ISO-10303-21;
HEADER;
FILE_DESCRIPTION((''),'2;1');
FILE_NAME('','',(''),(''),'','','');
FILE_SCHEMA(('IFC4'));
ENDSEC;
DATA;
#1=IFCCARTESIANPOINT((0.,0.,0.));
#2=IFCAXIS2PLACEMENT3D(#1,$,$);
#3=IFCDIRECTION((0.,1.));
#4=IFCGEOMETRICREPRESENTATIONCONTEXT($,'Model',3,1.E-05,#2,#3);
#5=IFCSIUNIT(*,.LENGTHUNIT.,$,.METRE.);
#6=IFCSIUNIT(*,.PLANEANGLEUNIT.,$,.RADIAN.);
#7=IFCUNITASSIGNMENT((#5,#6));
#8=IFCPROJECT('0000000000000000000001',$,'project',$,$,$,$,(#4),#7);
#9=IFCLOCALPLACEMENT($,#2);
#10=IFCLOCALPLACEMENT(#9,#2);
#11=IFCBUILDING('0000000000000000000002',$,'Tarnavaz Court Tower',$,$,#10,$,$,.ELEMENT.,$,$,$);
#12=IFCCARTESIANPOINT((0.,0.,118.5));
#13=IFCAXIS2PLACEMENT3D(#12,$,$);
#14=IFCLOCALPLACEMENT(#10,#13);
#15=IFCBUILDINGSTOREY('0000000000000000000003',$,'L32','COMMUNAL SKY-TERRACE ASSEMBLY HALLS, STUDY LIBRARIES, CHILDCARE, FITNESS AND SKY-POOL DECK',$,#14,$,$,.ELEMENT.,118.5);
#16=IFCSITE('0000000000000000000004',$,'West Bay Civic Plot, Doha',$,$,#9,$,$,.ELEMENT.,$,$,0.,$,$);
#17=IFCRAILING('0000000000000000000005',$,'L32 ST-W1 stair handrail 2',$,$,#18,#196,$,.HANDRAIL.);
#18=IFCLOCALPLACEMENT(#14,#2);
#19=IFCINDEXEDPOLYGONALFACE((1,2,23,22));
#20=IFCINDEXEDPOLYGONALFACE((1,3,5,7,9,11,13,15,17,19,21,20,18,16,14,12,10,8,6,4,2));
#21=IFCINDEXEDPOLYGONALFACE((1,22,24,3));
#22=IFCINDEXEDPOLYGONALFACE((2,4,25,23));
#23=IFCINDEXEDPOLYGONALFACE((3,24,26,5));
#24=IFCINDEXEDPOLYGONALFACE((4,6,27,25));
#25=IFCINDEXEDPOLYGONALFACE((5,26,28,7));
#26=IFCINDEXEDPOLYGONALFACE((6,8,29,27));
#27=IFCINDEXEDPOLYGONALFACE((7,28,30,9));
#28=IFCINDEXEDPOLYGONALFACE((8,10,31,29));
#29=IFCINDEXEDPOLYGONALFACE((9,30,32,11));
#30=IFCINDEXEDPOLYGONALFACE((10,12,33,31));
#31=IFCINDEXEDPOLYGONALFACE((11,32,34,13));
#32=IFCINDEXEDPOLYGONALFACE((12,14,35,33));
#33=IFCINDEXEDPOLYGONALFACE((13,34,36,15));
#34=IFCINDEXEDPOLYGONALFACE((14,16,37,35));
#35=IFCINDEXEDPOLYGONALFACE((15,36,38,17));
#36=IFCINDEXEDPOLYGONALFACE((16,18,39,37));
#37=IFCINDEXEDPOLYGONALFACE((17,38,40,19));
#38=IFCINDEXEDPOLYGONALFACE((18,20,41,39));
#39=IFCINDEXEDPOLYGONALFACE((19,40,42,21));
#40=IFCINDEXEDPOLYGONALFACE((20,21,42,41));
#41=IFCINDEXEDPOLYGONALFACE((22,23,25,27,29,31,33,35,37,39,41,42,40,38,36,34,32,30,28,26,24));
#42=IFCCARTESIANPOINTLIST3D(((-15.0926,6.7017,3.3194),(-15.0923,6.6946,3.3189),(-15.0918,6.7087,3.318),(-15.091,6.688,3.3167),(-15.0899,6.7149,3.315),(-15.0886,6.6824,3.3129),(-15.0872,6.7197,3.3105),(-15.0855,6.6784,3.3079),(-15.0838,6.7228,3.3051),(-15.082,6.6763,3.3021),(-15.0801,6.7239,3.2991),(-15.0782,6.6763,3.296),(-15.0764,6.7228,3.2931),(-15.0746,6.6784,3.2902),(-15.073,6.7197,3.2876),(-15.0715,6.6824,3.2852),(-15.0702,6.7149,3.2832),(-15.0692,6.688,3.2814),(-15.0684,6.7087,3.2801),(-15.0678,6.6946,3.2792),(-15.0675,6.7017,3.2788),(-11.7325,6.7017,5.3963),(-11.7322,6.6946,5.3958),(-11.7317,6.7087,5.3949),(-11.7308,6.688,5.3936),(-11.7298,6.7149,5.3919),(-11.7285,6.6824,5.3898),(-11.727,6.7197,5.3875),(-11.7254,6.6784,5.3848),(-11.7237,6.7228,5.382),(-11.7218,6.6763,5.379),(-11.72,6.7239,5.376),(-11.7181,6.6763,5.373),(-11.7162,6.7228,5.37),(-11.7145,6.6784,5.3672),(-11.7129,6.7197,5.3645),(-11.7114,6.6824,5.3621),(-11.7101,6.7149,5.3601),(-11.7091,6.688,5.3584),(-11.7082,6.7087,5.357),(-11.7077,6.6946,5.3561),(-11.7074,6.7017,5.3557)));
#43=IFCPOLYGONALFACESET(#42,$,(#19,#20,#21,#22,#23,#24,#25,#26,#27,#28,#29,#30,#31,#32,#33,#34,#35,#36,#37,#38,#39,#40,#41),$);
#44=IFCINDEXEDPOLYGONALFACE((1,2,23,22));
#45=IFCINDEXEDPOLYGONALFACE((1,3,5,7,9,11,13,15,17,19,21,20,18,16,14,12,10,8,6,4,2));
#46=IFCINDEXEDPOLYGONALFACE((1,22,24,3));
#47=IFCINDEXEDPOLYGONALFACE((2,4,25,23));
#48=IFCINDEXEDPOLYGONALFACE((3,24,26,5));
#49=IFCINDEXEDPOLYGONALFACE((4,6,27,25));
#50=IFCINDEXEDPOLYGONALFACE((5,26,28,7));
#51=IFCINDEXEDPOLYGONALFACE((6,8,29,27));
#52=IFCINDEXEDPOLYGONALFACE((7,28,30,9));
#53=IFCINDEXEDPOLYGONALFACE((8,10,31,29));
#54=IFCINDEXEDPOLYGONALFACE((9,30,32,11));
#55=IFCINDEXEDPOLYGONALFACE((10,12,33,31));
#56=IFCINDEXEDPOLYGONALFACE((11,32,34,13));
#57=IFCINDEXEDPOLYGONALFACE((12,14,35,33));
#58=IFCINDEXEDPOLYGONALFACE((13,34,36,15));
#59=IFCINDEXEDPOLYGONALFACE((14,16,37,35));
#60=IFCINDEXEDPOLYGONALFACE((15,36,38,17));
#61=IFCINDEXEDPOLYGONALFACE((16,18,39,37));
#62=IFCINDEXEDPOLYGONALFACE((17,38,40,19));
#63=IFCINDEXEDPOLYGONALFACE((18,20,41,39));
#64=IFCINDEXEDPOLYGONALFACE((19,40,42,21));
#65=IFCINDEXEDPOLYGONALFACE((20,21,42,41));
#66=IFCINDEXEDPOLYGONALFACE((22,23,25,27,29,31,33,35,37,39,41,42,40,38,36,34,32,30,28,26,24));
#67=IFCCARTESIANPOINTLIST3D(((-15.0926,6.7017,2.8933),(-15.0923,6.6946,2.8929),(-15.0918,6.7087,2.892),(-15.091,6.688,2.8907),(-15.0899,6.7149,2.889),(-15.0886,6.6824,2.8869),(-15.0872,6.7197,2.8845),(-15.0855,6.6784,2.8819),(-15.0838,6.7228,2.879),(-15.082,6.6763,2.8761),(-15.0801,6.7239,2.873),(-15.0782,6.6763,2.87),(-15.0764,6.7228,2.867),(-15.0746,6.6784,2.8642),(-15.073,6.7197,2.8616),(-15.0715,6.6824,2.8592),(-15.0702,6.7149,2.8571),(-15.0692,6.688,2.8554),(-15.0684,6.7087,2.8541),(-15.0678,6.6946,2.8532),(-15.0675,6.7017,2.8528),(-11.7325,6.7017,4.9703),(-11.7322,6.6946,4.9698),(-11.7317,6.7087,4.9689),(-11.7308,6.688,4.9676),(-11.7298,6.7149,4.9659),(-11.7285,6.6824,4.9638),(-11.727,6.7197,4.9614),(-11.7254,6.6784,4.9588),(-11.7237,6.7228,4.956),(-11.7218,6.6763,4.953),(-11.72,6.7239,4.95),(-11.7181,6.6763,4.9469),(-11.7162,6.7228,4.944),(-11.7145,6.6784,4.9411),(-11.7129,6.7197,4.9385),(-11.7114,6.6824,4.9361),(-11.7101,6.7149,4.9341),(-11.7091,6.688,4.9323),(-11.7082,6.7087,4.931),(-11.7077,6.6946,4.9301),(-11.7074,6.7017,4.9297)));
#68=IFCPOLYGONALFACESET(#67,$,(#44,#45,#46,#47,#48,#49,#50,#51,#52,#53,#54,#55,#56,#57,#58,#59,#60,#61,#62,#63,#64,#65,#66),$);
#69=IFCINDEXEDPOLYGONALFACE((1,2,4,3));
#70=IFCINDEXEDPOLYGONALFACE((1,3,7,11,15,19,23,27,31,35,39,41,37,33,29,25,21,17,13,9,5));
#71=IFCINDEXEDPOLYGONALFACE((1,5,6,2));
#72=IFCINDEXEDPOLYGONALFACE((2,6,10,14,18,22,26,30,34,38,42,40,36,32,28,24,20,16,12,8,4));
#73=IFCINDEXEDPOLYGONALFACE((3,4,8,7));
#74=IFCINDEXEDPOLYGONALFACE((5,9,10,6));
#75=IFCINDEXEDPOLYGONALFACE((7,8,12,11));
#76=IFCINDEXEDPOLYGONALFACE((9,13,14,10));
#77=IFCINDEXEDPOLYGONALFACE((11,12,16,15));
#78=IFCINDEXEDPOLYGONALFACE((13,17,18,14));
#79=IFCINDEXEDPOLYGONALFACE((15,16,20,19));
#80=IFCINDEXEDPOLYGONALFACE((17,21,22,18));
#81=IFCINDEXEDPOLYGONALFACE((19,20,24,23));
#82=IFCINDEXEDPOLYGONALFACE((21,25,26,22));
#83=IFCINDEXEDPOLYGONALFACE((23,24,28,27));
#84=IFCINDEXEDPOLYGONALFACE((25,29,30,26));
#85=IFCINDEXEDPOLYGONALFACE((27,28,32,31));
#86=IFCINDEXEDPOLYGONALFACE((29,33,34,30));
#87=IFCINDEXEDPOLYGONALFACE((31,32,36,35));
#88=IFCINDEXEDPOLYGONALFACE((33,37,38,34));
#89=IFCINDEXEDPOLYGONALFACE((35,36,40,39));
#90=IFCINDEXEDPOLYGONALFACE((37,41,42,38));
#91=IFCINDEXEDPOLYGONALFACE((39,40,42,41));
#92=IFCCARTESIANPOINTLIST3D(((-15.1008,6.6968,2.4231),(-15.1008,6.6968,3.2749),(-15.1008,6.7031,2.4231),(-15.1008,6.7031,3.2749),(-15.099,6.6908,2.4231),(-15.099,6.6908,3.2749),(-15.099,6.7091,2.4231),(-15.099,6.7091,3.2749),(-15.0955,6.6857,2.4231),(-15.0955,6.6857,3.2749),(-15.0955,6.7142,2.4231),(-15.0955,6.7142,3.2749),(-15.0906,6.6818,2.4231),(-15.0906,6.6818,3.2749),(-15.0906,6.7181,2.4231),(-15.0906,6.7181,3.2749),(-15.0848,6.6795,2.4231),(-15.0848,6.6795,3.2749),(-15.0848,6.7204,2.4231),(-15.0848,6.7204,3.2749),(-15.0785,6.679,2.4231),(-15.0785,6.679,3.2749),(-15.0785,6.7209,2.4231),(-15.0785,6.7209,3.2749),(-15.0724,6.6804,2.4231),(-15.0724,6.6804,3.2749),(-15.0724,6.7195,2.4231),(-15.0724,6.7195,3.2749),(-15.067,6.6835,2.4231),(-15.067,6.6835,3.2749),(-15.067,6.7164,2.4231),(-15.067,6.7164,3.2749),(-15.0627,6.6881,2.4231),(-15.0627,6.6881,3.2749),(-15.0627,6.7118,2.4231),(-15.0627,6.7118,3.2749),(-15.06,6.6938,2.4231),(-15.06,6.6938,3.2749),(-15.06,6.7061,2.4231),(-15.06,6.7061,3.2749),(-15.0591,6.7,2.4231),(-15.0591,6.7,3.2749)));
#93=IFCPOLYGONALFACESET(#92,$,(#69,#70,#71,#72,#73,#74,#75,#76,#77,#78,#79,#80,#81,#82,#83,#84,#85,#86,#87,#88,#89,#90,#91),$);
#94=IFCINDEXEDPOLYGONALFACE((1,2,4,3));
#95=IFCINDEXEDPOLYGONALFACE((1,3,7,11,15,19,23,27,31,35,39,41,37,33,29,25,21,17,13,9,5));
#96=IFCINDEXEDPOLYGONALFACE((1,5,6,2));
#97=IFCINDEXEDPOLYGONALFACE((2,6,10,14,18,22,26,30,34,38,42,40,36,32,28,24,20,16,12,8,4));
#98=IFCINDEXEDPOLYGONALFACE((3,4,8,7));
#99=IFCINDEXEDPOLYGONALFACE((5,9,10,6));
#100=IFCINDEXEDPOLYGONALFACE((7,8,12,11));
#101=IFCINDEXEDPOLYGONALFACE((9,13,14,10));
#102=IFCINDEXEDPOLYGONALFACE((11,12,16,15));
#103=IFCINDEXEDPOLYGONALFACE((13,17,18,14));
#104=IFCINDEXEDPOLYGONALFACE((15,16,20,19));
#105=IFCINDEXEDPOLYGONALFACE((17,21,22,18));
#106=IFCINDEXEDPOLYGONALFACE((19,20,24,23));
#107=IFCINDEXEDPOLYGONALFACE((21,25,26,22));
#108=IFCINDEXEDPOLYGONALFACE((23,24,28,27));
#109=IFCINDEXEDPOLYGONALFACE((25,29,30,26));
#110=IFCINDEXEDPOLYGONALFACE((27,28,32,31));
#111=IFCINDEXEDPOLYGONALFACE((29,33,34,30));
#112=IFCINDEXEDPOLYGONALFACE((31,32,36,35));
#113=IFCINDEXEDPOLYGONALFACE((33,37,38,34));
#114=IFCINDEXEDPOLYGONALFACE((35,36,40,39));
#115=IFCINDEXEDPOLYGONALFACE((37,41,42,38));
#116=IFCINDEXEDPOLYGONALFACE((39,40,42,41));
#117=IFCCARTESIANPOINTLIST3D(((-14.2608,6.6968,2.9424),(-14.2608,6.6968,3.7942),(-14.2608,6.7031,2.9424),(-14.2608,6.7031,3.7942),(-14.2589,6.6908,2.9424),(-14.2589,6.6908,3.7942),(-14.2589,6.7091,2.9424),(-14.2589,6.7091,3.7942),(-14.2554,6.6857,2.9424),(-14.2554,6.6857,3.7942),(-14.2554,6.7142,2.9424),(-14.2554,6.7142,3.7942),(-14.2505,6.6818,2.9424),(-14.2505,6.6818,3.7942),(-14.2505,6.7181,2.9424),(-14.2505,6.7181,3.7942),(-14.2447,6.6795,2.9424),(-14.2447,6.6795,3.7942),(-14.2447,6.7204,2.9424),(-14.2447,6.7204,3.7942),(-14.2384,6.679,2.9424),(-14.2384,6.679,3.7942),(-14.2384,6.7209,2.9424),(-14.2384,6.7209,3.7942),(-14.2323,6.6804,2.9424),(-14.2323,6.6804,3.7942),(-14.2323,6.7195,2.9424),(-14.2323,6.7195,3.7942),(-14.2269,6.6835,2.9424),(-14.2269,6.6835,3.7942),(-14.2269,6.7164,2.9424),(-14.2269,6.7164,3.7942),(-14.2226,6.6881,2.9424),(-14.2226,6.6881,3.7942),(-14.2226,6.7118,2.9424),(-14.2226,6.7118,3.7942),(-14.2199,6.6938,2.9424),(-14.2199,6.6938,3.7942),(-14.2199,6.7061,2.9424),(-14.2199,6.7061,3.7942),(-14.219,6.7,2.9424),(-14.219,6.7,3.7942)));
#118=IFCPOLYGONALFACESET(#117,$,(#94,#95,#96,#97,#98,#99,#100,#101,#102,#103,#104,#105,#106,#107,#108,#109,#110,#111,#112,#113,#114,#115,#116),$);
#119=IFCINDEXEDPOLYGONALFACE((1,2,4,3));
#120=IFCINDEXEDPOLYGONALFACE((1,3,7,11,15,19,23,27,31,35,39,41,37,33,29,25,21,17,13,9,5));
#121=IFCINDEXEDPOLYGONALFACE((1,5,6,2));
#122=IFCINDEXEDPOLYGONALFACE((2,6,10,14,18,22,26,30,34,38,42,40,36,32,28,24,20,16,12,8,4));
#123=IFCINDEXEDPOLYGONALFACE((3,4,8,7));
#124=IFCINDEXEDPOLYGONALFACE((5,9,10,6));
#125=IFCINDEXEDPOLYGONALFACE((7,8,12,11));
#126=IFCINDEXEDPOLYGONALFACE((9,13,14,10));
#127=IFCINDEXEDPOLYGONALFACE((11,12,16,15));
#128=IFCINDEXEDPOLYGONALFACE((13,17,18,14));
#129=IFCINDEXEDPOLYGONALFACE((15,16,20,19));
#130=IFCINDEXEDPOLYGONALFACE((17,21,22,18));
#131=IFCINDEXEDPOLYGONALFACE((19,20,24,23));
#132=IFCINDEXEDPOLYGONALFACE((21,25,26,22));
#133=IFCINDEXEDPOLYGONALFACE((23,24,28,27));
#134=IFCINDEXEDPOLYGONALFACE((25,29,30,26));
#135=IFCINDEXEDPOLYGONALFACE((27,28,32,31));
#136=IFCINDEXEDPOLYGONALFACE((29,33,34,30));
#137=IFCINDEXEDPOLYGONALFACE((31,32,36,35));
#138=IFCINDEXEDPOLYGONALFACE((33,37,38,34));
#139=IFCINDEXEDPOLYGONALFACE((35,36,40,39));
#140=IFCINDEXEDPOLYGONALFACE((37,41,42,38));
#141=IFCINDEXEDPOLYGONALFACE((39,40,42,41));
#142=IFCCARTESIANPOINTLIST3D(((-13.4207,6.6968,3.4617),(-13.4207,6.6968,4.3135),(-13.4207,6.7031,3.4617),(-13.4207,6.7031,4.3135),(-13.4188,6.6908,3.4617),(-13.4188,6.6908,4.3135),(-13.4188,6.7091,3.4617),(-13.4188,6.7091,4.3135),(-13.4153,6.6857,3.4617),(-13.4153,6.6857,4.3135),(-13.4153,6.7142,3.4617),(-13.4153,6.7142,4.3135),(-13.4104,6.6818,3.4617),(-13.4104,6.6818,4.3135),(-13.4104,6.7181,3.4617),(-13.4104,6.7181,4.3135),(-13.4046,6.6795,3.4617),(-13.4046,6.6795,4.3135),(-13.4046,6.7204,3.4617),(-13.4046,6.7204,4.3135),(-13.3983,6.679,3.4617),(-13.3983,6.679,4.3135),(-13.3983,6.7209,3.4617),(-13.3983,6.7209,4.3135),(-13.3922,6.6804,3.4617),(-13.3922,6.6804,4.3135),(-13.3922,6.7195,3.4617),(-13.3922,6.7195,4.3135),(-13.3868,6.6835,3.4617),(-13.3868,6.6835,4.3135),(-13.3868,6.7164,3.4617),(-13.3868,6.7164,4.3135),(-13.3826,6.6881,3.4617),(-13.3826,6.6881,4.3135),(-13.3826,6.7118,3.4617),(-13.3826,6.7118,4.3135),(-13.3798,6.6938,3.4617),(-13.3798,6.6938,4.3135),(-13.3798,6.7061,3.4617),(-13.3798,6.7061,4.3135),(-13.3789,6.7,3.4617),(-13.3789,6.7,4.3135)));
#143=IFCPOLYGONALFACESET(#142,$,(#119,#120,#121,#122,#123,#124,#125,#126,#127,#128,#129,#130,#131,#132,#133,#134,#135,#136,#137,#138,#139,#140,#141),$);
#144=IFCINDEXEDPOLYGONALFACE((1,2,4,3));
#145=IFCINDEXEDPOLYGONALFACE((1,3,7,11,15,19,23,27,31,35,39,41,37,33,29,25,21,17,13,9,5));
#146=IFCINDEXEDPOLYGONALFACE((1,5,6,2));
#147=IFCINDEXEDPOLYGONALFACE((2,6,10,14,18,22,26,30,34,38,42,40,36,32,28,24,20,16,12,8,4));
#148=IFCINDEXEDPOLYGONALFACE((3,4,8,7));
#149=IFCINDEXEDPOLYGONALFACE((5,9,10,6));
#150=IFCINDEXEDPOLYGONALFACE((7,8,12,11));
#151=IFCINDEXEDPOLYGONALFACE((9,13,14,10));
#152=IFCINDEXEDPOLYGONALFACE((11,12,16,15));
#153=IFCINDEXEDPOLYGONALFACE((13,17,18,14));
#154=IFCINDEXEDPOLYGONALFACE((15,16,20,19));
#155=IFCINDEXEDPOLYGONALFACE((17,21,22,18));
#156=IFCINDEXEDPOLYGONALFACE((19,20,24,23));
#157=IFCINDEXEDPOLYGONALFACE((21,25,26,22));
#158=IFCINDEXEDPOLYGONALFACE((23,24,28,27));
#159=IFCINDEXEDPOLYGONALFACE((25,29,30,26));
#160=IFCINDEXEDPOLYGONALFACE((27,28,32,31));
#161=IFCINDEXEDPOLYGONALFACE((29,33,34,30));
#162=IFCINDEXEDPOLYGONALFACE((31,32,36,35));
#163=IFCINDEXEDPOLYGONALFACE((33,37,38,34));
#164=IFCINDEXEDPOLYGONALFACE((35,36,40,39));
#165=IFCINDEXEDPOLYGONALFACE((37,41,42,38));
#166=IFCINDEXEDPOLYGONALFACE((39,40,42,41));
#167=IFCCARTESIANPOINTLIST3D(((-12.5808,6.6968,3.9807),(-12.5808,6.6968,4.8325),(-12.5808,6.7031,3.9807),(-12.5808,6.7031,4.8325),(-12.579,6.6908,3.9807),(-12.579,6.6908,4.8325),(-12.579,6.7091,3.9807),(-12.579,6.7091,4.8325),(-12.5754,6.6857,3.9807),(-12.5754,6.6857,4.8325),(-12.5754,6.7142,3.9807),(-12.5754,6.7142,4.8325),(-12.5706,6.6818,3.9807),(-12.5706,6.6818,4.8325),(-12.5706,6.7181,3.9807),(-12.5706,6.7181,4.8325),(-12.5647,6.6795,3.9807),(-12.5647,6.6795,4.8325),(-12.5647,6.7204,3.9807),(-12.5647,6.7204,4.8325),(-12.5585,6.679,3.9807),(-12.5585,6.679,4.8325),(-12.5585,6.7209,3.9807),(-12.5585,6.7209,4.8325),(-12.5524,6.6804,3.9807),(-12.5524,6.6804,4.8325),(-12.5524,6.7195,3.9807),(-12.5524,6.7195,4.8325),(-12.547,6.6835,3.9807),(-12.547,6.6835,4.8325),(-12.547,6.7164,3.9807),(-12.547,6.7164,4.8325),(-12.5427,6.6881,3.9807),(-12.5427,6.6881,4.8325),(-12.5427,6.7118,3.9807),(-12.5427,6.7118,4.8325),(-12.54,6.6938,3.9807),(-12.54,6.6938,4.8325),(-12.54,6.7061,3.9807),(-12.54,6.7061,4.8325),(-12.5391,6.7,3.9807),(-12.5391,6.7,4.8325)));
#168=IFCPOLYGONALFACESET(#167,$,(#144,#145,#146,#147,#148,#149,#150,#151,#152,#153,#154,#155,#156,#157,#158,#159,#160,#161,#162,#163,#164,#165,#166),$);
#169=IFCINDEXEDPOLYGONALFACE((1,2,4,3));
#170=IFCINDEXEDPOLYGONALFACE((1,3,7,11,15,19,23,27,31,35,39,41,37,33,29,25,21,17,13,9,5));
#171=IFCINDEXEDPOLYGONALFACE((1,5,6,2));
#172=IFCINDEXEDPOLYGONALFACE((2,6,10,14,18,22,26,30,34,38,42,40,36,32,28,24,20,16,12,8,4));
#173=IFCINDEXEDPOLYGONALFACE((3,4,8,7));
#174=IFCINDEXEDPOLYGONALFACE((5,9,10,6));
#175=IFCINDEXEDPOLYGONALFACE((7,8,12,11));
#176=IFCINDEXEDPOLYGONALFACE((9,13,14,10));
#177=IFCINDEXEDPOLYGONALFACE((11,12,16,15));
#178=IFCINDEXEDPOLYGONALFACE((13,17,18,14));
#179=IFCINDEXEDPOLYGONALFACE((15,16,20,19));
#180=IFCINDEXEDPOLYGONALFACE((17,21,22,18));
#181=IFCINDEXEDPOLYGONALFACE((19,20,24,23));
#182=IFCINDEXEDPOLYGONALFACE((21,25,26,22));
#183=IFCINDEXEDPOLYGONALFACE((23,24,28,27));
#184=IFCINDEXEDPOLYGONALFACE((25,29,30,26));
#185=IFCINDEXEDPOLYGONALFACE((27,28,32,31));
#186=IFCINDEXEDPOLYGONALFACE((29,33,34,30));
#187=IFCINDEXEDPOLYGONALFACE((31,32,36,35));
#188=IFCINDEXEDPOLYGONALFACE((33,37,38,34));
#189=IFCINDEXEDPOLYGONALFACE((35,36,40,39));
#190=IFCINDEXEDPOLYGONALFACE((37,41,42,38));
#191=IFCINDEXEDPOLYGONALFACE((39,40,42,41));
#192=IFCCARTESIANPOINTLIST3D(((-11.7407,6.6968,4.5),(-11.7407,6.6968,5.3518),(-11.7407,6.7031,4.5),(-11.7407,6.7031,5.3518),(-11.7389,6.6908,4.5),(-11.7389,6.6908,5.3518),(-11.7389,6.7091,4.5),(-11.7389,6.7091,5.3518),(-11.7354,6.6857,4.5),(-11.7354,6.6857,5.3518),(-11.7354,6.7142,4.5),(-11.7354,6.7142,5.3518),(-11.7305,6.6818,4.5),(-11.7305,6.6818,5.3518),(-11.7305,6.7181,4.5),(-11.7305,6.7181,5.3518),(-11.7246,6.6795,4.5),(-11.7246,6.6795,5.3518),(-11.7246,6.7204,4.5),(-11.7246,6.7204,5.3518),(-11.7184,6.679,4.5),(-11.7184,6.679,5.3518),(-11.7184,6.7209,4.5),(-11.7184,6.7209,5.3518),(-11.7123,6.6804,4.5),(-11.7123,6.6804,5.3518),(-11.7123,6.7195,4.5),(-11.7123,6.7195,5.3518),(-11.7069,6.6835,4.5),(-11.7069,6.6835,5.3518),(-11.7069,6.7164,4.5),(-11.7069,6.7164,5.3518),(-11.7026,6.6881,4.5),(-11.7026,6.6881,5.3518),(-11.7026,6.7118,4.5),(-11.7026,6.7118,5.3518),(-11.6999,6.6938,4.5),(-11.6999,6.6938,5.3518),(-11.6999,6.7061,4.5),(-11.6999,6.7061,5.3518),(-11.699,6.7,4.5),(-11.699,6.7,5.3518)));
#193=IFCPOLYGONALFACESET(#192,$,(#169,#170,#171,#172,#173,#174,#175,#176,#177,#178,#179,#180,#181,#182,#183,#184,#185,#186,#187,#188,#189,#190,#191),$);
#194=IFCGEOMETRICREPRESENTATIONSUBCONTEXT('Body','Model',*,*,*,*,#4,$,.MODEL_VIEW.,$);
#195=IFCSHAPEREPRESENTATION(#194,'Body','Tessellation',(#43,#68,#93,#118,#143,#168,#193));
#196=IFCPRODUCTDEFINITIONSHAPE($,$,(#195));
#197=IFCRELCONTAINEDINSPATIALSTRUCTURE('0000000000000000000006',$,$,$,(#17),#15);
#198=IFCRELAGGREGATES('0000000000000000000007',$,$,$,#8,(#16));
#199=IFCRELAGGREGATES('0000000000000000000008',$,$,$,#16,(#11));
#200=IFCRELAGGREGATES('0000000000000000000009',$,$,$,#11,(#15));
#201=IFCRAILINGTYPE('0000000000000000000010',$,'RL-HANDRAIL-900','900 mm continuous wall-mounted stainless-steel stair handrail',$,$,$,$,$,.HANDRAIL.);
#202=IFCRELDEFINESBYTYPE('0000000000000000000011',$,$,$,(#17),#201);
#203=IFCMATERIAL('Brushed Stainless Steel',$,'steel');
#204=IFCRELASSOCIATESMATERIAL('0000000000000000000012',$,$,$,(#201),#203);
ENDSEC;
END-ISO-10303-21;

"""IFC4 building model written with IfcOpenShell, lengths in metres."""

from ifc_helpers import new_model, si_unit, direction, frame, origin, origin_2d, place, context, subcontext, project, spatial, circle, extrude, material, type_object, element, save


model = new_model("IFC4")

# Units and contexts
model_context = context("Model", 3, precision=1e-05, world=origin(), true_north=direction((0.0, 1.0)))
body_context = subcontext(model_context, "Body", "Model", "MODEL_VIEW")
ifc_project = project(units=[si_unit("LENGTHUNIT", "METRE"), si_unit("PLANEANGLEUNIT", "RADIAN")], contexts=[model_context])

# Site, building, storey
site_placement = place(None, origin())
site = spatial("IfcSite", under=ifc_project, at=site_placement, Name="West Bay Civic Plot, Doha", CompositionType="ELEMENT", RefElevation=0.0)
building_placement = place(site_placement, origin())
building = spatial("IfcBuilding", under=site, at=building_placement, Name="Tarnavaz Court Tower", CompositionType="ELEMENT")
storey_placement = place(building_placement, frame((0.0, 0.0, 118.5)))
storey = spatial("IfcBuildingStorey", under=building, at=storey_placement, Name="L32", Description="COMMUNAL SKY-TERRACE ASSEMBLY HALLS, STUDY LIBRARIES, CHILDCARE, FITNESS AND SKY-POOL DECK", CompositionType="ELEMENT", Elevation=118.5)

# Railing
ifc_material_1 = material(Name="Brushed Stainless Steel", Category="steel")
railing_type_1 = type_object("IfcRailingType", Name="RL-HANDRAIL-900", Description="900 mm continuous wall-mounted stainless-steel stair handrail", PredefinedType="HANDRAIL", material=ifc_material_1)
railing_1_placement = place(storey_placement, frame((-15.0801, 6.7, 2.4231)))
element("IfcRailing", 1, at=railing_1_placement, inside=storey, type_object=railing_type_1, Name="L32 ST-W1 stair handrail 2", PredefinedType="HANDRAIL", context=body_context, shape_type="SweptSolid", body=[
    extrude(circle(Radius=0.0239, at=origin_2d()), frame((0.0, 0.0, 0.876), z_axis=(0.850623, 0.0, 0.525776), x_axis=(0.0, 1.0, 0.0)), (0.0, 0.0, 1.0), 3.9502),
    extrude(circle(Radius=0.0239, at=origin_2d()), frame((0.0, 0.0, 0.45), z_axis=(0.850623, 0.0, 0.525776), x_axis=(0.0, 1.0, 0.0)), (0.0, 0.0, 1.0), 3.9502),
    extrude(circle(Radius=0.021, at=origin_2d()), origin(), (0.0, 0.0, 1.0), 0.8518),
    extrude(circle(Radius=0.021, at=origin_2d()), frame((0.8401, 0.0, 0.5193)), (0.0, 0.0, 1.0), 0.8518),
    extrude(circle(Radius=0.021, at=origin_2d()), frame((1.6802, 0.0, 1.0386)), (0.0, 0.0, 1.0), 0.8518),
    extrude(circle(Radius=0.021, at=origin_2d()), frame((2.52, 0.0, 1.5576)), (0.0, 0.0, 1.0), 0.8518),
    extrude(circle(Radius=0.021, at=origin_2d()), frame((3.3601, 0.0, 2.0769)), (0.0, 0.0, 1.0), 0.8518),
])

save(model, "model.ifc")
